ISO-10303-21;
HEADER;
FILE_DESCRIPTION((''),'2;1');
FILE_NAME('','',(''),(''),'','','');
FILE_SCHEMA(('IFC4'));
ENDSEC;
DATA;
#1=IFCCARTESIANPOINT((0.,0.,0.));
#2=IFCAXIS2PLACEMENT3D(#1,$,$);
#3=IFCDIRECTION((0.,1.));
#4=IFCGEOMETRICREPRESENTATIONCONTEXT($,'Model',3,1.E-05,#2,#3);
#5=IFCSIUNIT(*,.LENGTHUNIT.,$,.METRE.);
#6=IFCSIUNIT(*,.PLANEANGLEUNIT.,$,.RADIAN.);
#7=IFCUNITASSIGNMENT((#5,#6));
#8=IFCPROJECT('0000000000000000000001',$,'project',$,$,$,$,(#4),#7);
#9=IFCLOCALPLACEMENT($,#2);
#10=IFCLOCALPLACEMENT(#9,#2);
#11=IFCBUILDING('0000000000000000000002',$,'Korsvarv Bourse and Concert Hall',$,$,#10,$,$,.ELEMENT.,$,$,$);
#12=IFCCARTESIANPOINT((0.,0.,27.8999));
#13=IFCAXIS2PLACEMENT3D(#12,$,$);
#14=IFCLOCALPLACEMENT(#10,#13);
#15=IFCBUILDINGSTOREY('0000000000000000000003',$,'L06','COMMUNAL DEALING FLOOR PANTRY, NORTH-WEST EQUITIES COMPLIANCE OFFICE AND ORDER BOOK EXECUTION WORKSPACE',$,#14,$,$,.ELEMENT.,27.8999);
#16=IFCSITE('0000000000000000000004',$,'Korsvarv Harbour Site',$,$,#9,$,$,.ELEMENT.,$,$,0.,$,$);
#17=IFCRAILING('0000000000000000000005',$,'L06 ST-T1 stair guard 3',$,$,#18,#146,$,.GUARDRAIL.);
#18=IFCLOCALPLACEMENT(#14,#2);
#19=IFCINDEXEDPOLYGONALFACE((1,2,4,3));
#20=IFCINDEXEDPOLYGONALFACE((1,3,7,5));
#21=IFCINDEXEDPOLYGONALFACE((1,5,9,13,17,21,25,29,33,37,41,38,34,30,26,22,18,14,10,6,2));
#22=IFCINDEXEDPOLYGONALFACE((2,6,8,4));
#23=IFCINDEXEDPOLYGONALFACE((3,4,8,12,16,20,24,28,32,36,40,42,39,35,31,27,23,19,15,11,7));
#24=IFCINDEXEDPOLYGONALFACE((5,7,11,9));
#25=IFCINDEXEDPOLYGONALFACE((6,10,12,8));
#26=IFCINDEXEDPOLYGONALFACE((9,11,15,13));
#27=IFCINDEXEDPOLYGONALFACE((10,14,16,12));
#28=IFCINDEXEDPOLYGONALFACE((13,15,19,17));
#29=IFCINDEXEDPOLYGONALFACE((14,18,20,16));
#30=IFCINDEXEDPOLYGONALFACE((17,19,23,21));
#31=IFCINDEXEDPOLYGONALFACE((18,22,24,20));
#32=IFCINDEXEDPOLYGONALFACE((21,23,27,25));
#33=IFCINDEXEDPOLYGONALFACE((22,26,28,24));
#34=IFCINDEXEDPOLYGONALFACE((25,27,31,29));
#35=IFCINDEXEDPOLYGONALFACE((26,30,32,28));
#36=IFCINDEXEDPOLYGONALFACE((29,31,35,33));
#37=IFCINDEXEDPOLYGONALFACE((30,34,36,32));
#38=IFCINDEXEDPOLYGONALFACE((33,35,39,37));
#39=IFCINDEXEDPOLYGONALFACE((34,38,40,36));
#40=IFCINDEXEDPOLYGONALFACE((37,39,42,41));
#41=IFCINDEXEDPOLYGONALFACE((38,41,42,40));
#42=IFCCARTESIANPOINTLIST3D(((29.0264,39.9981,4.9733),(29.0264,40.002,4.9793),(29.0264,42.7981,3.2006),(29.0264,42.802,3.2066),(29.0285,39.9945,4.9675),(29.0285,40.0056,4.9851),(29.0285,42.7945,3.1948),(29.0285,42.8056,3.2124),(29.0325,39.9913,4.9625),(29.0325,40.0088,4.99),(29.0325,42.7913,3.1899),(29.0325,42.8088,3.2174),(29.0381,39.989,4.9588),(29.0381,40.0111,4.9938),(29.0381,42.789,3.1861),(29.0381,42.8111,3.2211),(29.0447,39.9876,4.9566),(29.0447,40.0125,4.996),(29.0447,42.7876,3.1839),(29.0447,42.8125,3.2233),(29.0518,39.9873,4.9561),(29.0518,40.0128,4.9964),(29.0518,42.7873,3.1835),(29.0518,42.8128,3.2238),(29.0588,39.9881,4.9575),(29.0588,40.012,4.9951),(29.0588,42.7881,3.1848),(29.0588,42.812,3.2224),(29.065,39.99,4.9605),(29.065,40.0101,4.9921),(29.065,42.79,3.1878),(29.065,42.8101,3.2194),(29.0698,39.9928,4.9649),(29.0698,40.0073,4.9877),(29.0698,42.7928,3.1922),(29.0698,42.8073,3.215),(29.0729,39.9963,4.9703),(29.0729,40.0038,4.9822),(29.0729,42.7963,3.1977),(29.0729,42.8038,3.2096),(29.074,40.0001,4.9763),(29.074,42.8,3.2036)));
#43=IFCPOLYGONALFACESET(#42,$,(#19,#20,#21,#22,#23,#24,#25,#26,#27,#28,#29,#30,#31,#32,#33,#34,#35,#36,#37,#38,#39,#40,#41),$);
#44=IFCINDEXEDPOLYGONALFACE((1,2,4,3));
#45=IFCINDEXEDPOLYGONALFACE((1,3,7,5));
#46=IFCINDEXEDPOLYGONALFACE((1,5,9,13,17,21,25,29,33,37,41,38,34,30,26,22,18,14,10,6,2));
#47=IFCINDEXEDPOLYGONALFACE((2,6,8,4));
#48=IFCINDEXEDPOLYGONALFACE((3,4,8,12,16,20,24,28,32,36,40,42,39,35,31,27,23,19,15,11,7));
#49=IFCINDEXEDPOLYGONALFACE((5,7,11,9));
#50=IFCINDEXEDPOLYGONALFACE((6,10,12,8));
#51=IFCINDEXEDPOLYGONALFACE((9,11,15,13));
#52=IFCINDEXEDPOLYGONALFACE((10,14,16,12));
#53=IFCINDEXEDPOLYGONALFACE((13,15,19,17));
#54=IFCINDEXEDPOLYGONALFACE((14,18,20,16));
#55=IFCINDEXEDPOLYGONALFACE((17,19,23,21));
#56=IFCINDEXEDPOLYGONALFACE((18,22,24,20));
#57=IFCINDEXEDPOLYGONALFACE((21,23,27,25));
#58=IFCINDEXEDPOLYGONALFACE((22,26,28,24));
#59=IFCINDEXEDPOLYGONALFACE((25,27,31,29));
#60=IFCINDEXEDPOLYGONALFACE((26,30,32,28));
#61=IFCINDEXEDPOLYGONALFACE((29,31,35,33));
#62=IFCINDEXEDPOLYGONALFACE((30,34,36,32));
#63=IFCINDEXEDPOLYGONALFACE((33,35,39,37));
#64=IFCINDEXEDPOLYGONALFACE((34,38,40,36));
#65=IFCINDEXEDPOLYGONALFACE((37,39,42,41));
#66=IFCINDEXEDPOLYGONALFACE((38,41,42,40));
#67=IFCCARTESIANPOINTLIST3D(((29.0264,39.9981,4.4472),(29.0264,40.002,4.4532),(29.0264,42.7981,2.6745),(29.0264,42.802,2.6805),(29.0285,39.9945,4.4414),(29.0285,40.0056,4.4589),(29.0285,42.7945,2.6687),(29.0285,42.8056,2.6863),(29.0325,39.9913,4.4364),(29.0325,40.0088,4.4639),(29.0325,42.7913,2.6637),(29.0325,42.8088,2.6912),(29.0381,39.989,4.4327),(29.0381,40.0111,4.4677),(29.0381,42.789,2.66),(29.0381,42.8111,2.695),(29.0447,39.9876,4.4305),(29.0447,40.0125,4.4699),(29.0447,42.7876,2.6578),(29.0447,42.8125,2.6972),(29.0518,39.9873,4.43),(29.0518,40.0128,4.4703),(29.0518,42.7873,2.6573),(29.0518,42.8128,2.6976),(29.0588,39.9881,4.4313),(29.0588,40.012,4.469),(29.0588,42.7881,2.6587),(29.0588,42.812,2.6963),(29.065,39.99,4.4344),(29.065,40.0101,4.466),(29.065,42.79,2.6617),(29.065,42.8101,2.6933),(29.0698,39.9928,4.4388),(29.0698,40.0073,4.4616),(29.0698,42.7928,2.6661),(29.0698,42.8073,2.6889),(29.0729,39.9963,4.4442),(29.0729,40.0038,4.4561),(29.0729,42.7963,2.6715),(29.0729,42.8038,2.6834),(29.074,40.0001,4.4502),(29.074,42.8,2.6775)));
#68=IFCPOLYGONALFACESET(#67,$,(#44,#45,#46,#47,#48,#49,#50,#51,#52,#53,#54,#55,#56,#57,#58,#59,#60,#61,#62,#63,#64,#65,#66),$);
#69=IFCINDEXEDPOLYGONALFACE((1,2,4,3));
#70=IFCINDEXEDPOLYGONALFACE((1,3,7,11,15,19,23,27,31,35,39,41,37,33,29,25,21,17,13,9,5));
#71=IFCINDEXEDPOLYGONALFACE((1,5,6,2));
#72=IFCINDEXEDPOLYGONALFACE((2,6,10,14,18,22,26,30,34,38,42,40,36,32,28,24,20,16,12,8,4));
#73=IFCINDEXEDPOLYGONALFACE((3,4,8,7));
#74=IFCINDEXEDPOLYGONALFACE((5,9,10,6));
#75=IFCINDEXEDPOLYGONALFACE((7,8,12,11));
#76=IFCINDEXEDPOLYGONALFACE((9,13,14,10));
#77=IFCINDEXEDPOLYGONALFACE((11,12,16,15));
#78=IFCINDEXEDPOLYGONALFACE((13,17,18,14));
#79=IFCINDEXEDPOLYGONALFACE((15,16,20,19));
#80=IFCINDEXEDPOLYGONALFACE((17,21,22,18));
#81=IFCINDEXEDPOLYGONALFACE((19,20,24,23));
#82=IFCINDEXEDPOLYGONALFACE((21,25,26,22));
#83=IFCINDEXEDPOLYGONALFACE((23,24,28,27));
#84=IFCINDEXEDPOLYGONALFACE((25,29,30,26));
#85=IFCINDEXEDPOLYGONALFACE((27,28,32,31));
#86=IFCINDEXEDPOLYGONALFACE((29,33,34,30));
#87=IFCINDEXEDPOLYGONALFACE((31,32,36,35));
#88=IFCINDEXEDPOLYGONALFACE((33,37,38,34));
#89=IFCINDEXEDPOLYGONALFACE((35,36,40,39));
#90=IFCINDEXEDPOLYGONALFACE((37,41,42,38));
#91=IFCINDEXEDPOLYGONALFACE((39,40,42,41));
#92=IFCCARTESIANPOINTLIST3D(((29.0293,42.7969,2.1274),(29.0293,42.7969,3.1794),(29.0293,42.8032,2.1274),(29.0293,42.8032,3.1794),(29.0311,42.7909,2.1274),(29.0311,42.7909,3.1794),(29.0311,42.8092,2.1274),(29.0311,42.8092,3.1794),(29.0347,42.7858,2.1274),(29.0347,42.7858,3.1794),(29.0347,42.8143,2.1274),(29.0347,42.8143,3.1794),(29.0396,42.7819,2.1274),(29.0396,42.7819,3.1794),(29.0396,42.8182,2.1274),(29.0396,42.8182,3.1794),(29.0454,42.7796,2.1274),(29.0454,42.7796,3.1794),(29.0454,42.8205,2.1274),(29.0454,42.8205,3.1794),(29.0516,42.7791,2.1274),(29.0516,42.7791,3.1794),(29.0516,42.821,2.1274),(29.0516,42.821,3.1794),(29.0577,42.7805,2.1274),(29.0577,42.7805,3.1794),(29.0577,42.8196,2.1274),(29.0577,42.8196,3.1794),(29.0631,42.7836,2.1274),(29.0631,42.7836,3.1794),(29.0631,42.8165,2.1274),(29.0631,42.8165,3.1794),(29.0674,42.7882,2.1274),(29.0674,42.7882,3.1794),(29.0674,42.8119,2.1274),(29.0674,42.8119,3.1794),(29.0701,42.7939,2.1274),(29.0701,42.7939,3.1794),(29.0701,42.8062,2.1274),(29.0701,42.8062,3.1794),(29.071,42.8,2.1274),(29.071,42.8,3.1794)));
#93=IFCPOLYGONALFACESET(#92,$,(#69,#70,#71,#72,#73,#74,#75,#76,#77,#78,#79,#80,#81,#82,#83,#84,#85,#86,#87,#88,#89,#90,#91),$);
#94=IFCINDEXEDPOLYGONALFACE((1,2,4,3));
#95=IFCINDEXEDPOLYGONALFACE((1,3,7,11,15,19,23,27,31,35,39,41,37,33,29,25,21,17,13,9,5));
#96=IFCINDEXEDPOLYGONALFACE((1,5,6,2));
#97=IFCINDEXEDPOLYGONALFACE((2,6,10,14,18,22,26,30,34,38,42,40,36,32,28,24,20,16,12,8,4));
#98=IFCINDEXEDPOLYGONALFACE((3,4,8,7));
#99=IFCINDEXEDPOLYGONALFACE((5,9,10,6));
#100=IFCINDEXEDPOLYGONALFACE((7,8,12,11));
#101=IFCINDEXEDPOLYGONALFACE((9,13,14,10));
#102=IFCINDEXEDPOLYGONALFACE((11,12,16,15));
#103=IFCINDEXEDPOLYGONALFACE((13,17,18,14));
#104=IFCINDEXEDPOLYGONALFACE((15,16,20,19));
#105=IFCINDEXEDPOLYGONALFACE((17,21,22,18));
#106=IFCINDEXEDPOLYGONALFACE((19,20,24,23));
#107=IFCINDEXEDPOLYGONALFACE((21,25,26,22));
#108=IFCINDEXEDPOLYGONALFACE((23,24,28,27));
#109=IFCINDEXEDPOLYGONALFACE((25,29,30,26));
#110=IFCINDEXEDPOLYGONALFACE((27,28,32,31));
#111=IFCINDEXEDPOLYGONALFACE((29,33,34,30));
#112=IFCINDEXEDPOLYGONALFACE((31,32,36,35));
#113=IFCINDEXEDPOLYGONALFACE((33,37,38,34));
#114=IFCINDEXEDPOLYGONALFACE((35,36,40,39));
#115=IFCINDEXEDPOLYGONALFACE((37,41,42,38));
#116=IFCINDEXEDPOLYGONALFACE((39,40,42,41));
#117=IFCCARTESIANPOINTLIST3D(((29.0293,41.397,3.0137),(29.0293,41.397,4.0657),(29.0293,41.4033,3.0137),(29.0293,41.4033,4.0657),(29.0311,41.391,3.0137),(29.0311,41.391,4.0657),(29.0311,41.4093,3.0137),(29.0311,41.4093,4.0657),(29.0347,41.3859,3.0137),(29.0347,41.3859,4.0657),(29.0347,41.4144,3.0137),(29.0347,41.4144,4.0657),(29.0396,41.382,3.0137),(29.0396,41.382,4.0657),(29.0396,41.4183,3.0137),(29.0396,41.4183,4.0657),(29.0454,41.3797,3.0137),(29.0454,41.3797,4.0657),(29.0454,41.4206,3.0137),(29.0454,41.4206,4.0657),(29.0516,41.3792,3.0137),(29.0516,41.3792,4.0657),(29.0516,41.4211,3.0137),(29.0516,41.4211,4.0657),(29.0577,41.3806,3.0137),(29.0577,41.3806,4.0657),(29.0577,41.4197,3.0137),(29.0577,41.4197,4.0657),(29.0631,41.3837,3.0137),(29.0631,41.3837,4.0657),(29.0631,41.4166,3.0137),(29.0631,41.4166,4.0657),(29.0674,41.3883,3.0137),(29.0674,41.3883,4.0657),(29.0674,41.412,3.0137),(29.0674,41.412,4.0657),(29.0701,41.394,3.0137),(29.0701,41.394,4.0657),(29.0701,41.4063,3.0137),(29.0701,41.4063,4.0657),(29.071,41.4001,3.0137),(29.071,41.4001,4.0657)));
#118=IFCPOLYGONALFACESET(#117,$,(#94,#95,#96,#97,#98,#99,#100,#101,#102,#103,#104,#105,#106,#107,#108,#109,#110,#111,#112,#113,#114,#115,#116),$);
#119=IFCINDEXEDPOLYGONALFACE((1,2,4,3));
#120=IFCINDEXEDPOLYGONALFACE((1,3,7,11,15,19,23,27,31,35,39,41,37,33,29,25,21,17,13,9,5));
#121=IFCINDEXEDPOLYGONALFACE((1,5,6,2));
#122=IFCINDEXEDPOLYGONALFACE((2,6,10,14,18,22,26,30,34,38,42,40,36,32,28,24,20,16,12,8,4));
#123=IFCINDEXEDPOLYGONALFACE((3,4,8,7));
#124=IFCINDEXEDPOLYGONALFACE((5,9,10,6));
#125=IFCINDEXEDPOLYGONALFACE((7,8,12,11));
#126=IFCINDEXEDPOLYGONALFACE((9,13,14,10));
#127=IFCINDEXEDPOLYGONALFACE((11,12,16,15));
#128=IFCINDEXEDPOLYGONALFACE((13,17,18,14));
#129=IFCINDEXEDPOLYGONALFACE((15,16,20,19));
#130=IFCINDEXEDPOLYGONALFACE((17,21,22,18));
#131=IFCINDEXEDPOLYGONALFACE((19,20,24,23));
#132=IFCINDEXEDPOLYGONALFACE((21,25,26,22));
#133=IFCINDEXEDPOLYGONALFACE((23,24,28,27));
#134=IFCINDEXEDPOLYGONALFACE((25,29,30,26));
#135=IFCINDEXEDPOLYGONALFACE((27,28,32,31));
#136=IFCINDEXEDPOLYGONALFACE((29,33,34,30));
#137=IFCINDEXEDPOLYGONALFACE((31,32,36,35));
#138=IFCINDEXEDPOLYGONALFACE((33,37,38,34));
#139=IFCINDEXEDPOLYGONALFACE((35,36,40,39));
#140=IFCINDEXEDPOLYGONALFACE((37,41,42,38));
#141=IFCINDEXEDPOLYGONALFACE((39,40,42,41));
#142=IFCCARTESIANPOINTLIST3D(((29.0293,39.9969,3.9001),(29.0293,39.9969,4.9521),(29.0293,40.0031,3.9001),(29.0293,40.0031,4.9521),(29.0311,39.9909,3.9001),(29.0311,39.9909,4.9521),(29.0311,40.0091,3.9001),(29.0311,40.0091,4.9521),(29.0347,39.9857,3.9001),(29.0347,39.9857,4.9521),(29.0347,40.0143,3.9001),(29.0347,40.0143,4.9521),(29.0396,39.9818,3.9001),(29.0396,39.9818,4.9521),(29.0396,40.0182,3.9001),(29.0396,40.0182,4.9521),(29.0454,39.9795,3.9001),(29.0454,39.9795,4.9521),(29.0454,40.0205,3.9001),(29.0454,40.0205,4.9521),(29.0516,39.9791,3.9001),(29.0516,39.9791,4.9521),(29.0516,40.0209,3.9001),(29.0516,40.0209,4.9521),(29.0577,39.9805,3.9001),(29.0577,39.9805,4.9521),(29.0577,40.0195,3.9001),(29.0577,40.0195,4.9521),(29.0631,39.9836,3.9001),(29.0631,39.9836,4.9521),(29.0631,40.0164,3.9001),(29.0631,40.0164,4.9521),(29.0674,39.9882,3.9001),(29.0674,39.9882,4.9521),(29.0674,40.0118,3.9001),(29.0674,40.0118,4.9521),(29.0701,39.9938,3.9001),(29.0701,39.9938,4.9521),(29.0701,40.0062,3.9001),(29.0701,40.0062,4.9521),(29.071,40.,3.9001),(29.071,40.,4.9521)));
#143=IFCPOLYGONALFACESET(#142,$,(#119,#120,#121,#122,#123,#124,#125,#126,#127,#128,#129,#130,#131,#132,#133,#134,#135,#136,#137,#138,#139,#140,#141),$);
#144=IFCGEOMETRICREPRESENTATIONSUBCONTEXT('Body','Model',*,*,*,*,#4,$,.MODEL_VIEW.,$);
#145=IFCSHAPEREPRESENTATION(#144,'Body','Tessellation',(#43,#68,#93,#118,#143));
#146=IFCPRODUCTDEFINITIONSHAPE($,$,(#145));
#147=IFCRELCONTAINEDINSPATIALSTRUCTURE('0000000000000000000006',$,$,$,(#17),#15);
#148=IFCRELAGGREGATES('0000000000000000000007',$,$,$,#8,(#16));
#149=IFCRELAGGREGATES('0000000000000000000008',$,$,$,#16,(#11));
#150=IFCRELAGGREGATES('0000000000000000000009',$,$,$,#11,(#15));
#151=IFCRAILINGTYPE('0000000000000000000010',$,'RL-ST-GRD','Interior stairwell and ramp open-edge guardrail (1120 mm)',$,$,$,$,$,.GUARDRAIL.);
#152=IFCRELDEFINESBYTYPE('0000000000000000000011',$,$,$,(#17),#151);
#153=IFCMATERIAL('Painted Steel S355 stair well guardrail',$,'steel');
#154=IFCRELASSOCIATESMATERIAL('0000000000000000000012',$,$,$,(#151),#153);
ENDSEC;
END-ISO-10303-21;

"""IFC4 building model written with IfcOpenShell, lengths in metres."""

from ifc_helpers import new_model, si_unit, direction, frame, origin, origin_2d, place, context, subcontext, project, spatial, circle, extrude, material, type_object, element, save


model = new_model("IFC4")

# Units and contexts
model_context = context("Model", 3, precision=1e-05, world=origin(), true_north=direction((0.0, 1.0)))
body_context = subcontext(model_context, "Body", "Model", "MODEL_VIEW")
ifc_project = project(units=[si_unit("LENGTHUNIT", "METRE"), si_unit("PLANEANGLEUNIT", "RADIAN")], contexts=[model_context])

# Site, building, storey
site_placement = place(None, origin())
site = spatial("IfcSite", under=ifc_project, at=site_placement, Name="Korsvarv Harbour Site", CompositionType="ELEMENT", RefElevation=0.0)
building_placement = place(site_placement, origin())
building = spatial("IfcBuilding", under=site, at=building_placement, Name="Korsvarv Bourse and Concert Hall", CompositionType="ELEMENT")
storey_placement = place(building_placement, frame((0.0, 0.0, 27.8999)))
storey = spatial("IfcBuildingStorey", under=building, at=storey_placement, Name="L06", Description="COMMUNAL DEALING FLOOR PANTRY, NORTH-WEST EQUITIES COMPLIANCE OFFICE AND ORDER BOOK EXECUTION WORKSPACE", CompositionType="ELEMENT", Elevation=27.8999)

# Railing
ifc_material_1 = material(Name="Painted Steel S355 stair well guardrail", Category="steel")
railing_type_1 = type_object("IfcRailingType", Name="RL-ST-GRD", Description="Interior stairwell and ramp open-edge guardrail (1120 mm)", PredefinedType="GUARDRAIL", material=ifc_material_1)
railing_1_placement = place(storey_placement, frame((29.05, 42.8, 2.1274)))
element("IfcRailing", 1, at=railing_1_placement, inside=storey, type_object=railing_type_1, Name="L06 ST-T1 stair guard 3", PredefinedType="GUARDRAIL", context=body_context, shape_type="SweptSolid", body=[
    extrude(circle(Radius=0.0239, at=origin_2d()), frame((0.0, 0.0, 1.0762), z_axis=(0.0, -0.844909, 0.53491), x_axis=(1.0, 0.0, 0.0)), (0.0, 0.0, 1.0), 3.314),
    extrude(circle(Radius=0.0239, at=origin_2d()), frame((0.0, 0.0, 0.55), z_axis=(0.0, -0.844909, 0.53491), x_axis=(1.0, 0.0, 0.0)), (0.0, 0.0, 1.0), 3.314),
    extrude(circle(Radius=0.021, at=origin_2d()), origin(), (0.0, 0.0, 1.0), 1.052),
    extrude(circle(Radius=0.021, at=origin_2d()), frame((0.0, -1.3999, 0.8862)), (0.0, 0.0, 1.0), 1.052),
    extrude(circle(Radius=0.021, at=origin_2d()), frame((0.0, -2.8, 1.7727)), (0.0, 0.0, 1.0), 1.052),
])

save(model, "model.ifc")
